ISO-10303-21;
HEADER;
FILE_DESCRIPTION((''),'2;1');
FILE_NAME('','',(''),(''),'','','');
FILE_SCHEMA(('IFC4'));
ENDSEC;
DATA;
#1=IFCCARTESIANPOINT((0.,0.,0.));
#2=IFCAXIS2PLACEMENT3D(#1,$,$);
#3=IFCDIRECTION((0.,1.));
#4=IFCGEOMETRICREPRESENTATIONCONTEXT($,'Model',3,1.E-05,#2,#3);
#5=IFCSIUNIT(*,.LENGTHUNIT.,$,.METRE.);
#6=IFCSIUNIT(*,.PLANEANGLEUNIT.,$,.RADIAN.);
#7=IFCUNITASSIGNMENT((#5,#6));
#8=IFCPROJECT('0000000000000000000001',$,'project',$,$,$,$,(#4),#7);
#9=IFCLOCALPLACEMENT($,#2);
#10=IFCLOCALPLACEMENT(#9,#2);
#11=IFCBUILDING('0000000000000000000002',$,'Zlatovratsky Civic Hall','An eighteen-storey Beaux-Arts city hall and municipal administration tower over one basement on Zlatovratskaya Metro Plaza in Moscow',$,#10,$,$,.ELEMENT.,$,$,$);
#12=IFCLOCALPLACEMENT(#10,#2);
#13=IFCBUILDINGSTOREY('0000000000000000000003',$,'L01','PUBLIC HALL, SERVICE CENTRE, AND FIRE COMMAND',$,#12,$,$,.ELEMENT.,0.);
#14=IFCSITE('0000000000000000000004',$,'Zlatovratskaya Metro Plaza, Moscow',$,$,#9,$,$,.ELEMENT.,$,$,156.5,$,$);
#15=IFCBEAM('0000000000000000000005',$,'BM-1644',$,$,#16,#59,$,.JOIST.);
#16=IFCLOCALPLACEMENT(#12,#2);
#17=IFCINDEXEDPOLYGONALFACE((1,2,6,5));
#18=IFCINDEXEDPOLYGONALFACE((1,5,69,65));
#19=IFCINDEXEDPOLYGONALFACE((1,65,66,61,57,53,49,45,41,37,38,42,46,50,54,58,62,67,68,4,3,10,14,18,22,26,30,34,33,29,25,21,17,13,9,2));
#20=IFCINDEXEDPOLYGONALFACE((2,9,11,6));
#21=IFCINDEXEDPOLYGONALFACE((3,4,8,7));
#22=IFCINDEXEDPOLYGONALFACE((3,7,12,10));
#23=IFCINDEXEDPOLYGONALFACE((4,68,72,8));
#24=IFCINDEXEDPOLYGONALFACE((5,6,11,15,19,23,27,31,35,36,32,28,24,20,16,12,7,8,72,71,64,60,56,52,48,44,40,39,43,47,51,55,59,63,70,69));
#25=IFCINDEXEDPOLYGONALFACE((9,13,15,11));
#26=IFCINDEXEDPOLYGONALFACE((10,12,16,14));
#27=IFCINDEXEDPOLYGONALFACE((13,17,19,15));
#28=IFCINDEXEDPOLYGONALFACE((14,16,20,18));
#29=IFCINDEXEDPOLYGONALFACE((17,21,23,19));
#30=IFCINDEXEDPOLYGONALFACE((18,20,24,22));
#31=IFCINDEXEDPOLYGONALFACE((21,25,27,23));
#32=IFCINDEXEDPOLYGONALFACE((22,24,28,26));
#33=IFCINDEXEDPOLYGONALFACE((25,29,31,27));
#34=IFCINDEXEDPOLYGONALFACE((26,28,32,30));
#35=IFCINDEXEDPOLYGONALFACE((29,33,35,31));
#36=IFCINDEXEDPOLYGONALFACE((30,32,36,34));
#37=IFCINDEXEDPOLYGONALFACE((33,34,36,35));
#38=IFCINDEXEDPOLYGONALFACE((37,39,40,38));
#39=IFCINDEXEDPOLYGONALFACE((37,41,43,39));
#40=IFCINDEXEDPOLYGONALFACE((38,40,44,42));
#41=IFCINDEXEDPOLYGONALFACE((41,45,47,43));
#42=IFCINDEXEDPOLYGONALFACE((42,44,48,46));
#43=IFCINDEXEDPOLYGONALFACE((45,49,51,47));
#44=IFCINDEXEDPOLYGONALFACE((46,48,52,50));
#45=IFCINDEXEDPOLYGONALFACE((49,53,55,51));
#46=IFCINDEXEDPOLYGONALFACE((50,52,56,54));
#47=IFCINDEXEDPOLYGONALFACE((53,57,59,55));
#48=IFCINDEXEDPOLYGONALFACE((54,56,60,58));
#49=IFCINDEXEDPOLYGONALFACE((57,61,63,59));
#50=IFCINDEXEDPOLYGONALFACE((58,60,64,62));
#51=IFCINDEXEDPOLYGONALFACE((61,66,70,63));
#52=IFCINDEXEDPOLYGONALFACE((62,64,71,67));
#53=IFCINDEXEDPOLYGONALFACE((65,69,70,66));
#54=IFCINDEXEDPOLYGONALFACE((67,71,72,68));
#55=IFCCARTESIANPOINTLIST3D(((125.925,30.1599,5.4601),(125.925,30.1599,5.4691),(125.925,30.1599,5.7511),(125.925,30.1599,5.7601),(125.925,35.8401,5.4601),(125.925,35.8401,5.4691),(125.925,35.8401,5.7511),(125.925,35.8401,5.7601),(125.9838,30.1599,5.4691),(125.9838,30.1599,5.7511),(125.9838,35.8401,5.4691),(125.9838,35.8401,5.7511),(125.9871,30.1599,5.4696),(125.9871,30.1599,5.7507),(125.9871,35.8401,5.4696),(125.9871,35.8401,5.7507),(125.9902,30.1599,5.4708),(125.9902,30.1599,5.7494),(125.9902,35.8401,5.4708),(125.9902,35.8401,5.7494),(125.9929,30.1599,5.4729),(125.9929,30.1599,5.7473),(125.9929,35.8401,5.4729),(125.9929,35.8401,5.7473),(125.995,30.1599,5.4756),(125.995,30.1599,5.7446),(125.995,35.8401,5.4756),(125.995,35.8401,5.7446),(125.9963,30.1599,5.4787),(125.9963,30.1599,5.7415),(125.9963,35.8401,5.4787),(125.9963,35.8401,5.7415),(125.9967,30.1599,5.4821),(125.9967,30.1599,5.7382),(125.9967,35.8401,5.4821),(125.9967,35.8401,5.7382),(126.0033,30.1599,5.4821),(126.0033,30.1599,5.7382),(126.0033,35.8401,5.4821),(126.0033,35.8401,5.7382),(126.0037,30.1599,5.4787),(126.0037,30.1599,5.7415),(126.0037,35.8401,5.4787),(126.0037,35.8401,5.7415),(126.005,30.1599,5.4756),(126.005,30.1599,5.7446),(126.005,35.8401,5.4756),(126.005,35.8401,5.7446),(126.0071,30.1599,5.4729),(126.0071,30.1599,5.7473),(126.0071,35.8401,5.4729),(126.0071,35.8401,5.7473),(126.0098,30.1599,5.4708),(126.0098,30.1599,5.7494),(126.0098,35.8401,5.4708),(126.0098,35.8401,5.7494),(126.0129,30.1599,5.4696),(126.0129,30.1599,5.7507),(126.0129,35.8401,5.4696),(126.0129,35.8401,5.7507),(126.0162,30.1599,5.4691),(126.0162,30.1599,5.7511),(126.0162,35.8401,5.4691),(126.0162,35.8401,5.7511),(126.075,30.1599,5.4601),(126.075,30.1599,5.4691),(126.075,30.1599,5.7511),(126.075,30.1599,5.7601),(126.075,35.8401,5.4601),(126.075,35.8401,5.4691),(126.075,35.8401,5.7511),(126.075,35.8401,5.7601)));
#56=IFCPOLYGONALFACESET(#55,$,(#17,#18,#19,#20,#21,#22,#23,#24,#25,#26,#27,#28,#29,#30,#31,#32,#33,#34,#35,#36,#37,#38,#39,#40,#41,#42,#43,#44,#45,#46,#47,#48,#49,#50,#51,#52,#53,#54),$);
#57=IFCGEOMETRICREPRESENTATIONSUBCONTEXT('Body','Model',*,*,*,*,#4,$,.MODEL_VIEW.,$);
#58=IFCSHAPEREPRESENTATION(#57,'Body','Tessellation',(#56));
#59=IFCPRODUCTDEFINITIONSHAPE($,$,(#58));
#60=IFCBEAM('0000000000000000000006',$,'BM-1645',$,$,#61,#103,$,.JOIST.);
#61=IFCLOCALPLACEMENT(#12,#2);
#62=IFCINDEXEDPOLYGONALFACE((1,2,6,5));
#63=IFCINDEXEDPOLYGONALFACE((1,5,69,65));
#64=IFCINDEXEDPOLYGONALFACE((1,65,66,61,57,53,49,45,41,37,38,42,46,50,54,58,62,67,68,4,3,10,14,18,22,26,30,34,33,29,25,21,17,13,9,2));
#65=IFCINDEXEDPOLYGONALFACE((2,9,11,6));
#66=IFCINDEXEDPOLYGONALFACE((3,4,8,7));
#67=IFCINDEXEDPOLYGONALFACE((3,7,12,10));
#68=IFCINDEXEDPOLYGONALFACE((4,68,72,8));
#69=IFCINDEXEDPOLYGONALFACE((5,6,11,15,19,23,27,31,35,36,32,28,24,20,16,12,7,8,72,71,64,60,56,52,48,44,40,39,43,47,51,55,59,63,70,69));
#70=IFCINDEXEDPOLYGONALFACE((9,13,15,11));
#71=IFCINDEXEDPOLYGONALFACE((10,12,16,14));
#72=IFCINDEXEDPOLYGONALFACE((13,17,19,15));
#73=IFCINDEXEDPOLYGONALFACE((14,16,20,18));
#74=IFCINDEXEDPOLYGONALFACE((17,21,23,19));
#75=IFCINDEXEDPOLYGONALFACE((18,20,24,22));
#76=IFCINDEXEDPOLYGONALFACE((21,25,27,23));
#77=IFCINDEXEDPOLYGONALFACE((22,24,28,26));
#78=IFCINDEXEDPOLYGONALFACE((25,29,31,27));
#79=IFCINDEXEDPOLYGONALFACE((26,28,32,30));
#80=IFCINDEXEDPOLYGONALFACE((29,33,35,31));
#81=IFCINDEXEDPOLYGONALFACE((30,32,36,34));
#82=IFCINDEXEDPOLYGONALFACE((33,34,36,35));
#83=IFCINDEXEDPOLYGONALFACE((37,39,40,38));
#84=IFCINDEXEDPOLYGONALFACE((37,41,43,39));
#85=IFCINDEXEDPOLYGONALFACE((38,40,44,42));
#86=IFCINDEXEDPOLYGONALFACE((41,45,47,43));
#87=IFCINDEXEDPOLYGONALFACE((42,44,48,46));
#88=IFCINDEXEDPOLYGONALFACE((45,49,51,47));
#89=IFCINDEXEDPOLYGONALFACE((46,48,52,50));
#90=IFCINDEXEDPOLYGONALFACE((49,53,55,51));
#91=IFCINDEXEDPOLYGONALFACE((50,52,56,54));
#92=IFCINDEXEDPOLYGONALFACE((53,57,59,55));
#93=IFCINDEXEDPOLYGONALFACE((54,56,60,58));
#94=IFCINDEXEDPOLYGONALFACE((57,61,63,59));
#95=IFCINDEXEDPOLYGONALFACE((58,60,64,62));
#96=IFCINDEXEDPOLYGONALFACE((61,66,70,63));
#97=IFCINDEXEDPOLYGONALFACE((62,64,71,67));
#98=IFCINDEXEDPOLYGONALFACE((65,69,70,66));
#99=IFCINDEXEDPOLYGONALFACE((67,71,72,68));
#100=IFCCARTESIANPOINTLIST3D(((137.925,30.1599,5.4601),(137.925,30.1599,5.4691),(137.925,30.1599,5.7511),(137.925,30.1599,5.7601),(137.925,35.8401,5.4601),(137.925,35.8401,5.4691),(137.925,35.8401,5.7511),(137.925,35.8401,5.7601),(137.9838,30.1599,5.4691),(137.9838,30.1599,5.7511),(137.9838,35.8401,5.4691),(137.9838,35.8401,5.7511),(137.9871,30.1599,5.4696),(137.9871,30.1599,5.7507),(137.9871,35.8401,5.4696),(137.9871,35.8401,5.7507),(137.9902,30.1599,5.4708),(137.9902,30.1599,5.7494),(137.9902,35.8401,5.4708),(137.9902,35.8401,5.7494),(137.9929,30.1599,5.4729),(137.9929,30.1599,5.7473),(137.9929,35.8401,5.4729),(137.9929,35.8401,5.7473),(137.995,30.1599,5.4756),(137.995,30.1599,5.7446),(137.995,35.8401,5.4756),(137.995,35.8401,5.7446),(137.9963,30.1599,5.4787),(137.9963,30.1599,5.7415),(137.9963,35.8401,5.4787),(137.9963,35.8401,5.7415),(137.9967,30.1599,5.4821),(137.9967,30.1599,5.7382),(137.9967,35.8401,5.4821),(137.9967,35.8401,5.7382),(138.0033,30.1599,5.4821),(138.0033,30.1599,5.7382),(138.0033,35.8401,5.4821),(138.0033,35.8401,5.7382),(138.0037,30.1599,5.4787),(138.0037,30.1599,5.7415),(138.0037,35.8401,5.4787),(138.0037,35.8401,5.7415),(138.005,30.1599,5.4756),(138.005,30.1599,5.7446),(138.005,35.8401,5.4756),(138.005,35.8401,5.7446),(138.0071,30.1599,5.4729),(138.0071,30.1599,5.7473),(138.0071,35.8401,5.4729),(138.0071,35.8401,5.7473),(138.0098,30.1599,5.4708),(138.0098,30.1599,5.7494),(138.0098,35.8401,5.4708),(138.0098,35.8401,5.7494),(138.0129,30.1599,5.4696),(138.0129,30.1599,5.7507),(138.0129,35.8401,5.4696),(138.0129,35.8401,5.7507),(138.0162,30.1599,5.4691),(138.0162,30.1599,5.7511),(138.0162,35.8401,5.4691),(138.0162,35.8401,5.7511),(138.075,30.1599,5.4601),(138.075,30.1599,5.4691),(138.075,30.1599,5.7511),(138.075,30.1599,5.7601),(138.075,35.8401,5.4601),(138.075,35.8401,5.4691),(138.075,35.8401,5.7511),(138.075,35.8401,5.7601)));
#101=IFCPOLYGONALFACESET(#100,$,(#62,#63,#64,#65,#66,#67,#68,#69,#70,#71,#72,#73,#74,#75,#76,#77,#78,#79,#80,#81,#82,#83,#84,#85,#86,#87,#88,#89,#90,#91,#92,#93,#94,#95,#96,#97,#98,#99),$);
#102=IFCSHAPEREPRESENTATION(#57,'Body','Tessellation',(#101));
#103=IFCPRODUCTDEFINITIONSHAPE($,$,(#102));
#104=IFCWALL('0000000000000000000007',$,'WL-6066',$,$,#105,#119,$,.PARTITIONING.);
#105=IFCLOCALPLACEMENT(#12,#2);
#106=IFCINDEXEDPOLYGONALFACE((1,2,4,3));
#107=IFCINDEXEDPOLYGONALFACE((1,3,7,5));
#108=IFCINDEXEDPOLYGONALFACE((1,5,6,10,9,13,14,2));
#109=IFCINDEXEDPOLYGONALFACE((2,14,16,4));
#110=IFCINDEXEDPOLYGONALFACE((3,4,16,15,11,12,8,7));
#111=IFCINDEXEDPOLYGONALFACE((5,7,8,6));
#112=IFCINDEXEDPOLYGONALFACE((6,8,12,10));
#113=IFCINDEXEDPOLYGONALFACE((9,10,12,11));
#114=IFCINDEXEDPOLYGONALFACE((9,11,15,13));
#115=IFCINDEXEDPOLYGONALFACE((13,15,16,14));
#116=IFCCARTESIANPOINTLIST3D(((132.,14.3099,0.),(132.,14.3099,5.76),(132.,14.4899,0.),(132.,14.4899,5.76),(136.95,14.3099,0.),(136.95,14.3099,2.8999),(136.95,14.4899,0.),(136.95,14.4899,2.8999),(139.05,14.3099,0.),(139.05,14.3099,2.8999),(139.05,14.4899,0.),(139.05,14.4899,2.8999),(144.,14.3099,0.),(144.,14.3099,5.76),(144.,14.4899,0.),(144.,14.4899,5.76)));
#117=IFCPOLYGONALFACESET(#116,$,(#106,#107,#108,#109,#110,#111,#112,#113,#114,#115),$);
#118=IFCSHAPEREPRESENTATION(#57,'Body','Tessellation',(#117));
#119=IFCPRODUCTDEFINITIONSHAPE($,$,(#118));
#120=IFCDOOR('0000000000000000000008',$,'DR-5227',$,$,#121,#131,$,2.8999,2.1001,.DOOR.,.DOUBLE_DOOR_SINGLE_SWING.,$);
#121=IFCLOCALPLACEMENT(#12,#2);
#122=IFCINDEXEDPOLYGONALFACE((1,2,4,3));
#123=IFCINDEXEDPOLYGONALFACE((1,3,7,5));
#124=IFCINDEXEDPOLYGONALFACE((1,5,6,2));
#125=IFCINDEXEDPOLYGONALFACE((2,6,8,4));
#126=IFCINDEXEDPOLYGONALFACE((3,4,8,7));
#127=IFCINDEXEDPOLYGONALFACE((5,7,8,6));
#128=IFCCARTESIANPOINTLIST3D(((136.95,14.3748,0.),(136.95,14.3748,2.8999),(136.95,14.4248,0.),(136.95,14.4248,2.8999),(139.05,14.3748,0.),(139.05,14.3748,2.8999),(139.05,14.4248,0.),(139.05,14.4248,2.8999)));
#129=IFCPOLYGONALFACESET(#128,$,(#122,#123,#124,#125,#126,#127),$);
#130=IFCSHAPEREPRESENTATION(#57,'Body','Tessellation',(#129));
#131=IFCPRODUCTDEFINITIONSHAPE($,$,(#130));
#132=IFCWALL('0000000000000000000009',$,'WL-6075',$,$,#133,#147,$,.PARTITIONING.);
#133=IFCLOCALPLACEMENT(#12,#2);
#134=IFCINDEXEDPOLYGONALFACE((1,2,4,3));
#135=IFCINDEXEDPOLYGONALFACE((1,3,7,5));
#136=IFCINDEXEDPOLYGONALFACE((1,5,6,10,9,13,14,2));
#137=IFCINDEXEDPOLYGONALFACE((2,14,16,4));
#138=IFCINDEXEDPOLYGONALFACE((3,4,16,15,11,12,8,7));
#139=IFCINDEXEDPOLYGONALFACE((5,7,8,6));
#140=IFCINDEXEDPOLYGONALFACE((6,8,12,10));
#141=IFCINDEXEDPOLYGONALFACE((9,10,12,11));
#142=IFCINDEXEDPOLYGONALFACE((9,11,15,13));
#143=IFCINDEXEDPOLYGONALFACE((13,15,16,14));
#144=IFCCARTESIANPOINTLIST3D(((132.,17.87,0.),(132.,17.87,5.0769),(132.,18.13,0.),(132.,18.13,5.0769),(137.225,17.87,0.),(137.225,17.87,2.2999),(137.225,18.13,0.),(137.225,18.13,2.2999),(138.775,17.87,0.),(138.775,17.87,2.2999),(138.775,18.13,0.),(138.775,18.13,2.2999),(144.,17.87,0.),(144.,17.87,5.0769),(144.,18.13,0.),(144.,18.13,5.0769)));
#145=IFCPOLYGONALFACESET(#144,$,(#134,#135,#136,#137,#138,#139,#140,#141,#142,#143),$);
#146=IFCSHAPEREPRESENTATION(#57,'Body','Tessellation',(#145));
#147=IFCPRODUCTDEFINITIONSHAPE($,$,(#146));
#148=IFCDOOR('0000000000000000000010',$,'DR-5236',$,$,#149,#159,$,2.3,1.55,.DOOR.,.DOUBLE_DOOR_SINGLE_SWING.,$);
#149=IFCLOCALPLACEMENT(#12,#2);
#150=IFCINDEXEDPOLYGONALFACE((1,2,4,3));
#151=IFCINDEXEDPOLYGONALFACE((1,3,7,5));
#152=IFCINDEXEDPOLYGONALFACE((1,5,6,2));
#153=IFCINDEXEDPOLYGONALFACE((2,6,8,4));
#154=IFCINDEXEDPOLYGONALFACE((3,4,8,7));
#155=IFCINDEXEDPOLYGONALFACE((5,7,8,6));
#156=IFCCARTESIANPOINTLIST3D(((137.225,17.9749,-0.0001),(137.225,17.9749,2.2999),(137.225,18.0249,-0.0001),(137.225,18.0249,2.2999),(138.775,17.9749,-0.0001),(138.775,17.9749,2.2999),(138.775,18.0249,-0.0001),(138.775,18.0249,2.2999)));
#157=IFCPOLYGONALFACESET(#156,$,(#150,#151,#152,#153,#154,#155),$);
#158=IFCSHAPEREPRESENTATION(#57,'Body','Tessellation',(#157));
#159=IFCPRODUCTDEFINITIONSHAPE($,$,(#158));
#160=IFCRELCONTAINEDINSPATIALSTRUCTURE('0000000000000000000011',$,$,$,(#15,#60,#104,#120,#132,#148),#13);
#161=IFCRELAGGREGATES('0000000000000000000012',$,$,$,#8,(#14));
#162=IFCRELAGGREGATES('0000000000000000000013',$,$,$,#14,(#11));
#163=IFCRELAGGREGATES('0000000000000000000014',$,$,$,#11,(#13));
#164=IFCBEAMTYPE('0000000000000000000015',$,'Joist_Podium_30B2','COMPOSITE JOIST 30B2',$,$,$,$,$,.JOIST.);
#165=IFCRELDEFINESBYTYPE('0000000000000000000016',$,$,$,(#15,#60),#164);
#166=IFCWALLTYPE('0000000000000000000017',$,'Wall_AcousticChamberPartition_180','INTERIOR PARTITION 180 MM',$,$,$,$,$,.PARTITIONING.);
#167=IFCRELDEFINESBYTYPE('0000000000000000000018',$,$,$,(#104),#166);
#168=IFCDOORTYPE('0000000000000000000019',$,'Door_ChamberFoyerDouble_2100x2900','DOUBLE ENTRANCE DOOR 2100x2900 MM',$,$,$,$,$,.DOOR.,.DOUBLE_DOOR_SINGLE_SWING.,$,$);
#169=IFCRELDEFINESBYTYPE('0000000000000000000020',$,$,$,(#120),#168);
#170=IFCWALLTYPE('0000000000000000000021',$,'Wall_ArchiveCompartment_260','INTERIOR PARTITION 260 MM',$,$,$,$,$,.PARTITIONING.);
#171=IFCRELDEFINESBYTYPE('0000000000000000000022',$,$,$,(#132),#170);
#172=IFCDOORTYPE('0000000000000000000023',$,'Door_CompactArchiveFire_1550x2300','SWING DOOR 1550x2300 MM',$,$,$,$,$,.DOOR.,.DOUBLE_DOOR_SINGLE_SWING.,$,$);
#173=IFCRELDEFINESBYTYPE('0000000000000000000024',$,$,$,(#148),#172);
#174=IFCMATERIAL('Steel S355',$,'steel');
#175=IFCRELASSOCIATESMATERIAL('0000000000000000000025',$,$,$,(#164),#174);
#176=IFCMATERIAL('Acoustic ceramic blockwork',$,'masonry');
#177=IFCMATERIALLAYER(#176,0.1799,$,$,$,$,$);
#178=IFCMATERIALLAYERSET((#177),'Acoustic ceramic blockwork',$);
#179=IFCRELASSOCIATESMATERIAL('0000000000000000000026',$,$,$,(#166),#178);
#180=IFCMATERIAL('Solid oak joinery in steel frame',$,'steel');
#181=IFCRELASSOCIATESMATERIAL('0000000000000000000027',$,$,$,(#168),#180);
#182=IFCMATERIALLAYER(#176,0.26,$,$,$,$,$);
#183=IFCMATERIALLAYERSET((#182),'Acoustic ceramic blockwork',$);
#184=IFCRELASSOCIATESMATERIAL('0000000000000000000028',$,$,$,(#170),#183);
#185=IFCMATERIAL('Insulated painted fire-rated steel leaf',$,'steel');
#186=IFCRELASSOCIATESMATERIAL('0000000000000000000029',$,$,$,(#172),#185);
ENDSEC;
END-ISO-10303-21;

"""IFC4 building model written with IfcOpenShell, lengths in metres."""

from ifc_helpers import new_model, si_unit, direction, frame, frame_2d, origin, origin_2d, place, context, subcontext, project, spatial, rectangle, i_section, extrude, material, layer, layer_set, material_profile, profile_set, type_object, element, fill, save


model = new_model("IFC4")

# Units and contexts
model_context = context("Model", 3, precision=1e-05, world=origin(), true_north=direction((0.0, 1.0)))
body_context = subcontext(model_context, "Body", "Model", "MODEL_VIEW")
ifc_project = project(units=[si_unit("LENGTHUNIT", "METRE"), si_unit("PLANEANGLEUNIT", "RADIAN")], contexts=[model_context])

# Site, building, storey
site_placement = place(None, origin())
site = spatial("IfcSite", under=ifc_project, at=site_placement, Name="Zlatovratskaya Metro Plaza, Moscow", CompositionType="ELEMENT", RefElevation=156.5)
building_placement = place(site_placement, origin())
building = spatial("IfcBuilding", under=site, at=building_placement, Name="Zlatovratsky Civic Hall", Description="An eighteen-storey Beaux-Arts city hall and municipal administration tower over one basement on Zlatovratskaya Metro Plaza in Moscow", CompositionType="ELEMENT")
storey_placement = place(building_placement, origin())
storey = spatial("IfcBuildingStorey", under=building, at=storey_placement, Name="L01", Description="PUBLIC HALL, SERVICE CENTRE, AND FIRE COMMAND", CompositionType="ELEMENT", Elevation=0.0)

# Shared definitions
ifc_material_1 = material(Name="Steel S355", Category="steel")

# Beams
ifc_material_profile_1 = material_profile(ifc_material_1, i_section(OverallWidth=0.1499, OverallDepth=0.3, WebThickness=0.0066, FlangeThickness=0.009, FilletRadius=0.0129, at=origin_2d()), Name="30B2")
ifc_profile_set_1 = profile_set([ifc_material_profile_1], Name="Steel S355")
beam_type_1 = type_object("IfcBeamType", Name="Joist_Podium_30B2", Description="COMPOSITE JOIST 30B2", PredefinedType="JOIST", material=ifc_profile_set_1)
for number, where, z_axis, x_axis, name in (
    (1, (126.0, 30.1599, 5.6101), (0.0, 1.0, 0.0), (-1.0, 0.0, 0.0), "BM-1644"),
    (2, (138.0, 30.1599, 5.6101), (0.0, 1.0, 0.0), (-1.0, 0.0, 0.0), "BM-1645"),
):
    element("IfcBeam", number, at=place(storey_placement, frame(where, z_axis=z_axis, x_axis=x_axis)), inside=storey, type_object=beam_type_1, Name=name, PredefinedType="JOIST", context=body_context, shape_type="SweptSolid", body=[
        extrude(i_section(OverallWidth=0.1499, OverallDepth=0.3, WebThickness=0.0066, FlangeThickness=0.009, FilletRadius=0.0129, at=origin_2d()), origin(), (0.0, 0.0, 1.0), 5.6802),
    ])

# Walls, openings, doors
ifc_material_2 = material(Name="Acoustic ceramic blockwork", Category="masonry")
ifc_layer_1 = layer(ifc_material_2, 0.1799)
ifc_layer_set_1 = layer_set([ifc_layer_1], Name="Acoustic ceramic blockwork")
wall_type_1 = type_object("IfcWallType", Name="Wall_AcousticChamberPartition_180", Description="INTERIOR PARTITION 180 MM", PredefinedType="PARTITIONING", material=ifc_layer_set_1)
wall_1_placement = place(storey_placement, frame((132.0, 14.3999, 0.0), z_axis=(0.0, 0.0, 1.0), x_axis=(1.0, 0.0, 0.0)))
wall_1 = element("IfcWall", 3, at=wall_1_placement, inside=storey, type_object=wall_type_1, Name="WL-6066", PredefinedType="PARTITIONING", context=body_context, shape_type="SweptSolid", body=[
    extrude(rectangle(XDim=12.0, YDim=0.1799, at=frame_2d((6.0, 0.0))), origin(), (0.0, 0.0, 1.0), 5.76),
])
opening_1_placement = place(wall_1_placement, frame((4.95, 0.0, 0.0)))
opening_1 = element("IfcOpeningElement", 4, at=opening_1_placement, cuts=wall_1, PredefinedType="OPENING", context=body_context, shape_type="SweptSolid", body=[
    extrude(rectangle(XDim=2.1001, YDim=2.8999, at=frame_2d((1.05, 1.45))), frame((0.0, 0.105, 0.0), z_axis=(0.0, -1.0, 0.0), x_axis=(1.0, 0.0, 0.0)), (0.0, 0.0, 1.0), 0.2097),
])
ifc_material_3 = material(Name="Solid oak joinery in steel frame", Category="steel")
door_type_1 = type_object("IfcDoorType", Name="Door_ChamberFoyerDouble_2100x2900", Description="DOUBLE ENTRANCE DOOR 2100x2900 MM", OperationType="DOUBLE_DOOR_SINGLE_SWING", PredefinedType="DOOR", material=ifc_material_3)
door_1_placement = place(opening_1_placement, origin())
door_1 = element("IfcDoor", 5, at=door_1_placement, inside=storey, type_object=door_type_1, Name="DR-5227", OperationType="DOUBLE_DOOR_SINGLE_SWING", OverallHeight=2.8999, OverallWidth=2.1001, PredefinedType="DOOR", context=body_context, shape_type="SweptSolid", body=[
    extrude(rectangle(XDim=2.1001, YDim=2.8999, at=frame_2d((1.05, 1.45))), frame((0.0, 0.0249, 0.0), z_axis=(0.0, -1.0, 0.0), x_axis=(1.0, 0.0, 0.0)), (0.0, 0.0, 1.0), 0.05),
])
fill(opening_1, door_1)
ifc_layer_2 = layer(ifc_material_2, 0.26)
ifc_layer_set_2 = layer_set([ifc_layer_2], Name="Acoustic ceramic blockwork")
wall_type_2 = type_object("IfcWallType", Name="Wall_ArchiveCompartment_260", Description="INTERIOR PARTITION 260 MM", PredefinedType="PARTITIONING", material=ifc_layer_set_2)
wall_2_placement = place(storey_placement, frame((132.0, 18.0, 0.0), z_axis=(0.0, 0.0, 1.0), x_axis=(1.0, 0.0, 0.0)))
wall_2 = element("IfcWall", 6, at=wall_2_placement, inside=storey, type_object=wall_type_2, Name="WL-6075", PredefinedType="PARTITIONING", context=body_context, shape_type="SweptSolid", body=[
    extrude(rectangle(XDim=12.0, YDim=0.26, at=frame_2d((6.0, 0.0))), origin(), (0.0, 0.0, 1.0), 5.0769),
])
opening_2_placement = place(wall_2_placement, frame((5.2251, 0.0, 0.0)))
opening_2 = element("IfcOpeningElement", 7, at=opening_2_placement, cuts=wall_2, PredefinedType="OPENING", context=body_context, shape_type="SweptSolid", body=[
    extrude(rectangle(XDim=1.55, YDim=2.3, at=frame_2d((0.7749, 1.1499))), frame((0.0, 0.145, 0.0), z_axis=(0.0, -1.0, 0.0), x_axis=(1.0, 0.0, 0.0)), (0.0, 0.0, 1.0), 0.2898),
])
ifc_material_4 = material(Name="Insulated painted fire-rated steel leaf", Category="steel")
door_type_2 = type_object("IfcDoorType", Name="Door_CompactArchiveFire_1550x2300", Description="SWING DOOR 1550x2300 MM", OperationType="DOUBLE_DOOR_SINGLE_SWING", PredefinedType="DOOR", material=ifc_material_4)
door_2_placement = place(opening_2_placement, origin())
door_2 = element("IfcDoor", 8, at=door_2_placement, inside=storey, type_object=door_type_2, Name="DR-5236", OperationType="DOUBLE_DOOR_SINGLE_SWING", OverallHeight=2.3, OverallWidth=1.55, PredefinedType="DOOR", context=body_context, shape_type="SweptSolid", body=[
    extrude(rectangle(XDim=1.55, YDim=2.3, at=frame_2d((0.7749, 1.1499))), frame((0.0, 0.0249, 0.0), z_axis=(0.0, -1.0, 0.0), x_axis=(1.0, 0.0, 0.0)), (0.0, 0.0, 1.0), 0.05),
])
fill(opening_2, door_2)

save(model, "model.ifc")
